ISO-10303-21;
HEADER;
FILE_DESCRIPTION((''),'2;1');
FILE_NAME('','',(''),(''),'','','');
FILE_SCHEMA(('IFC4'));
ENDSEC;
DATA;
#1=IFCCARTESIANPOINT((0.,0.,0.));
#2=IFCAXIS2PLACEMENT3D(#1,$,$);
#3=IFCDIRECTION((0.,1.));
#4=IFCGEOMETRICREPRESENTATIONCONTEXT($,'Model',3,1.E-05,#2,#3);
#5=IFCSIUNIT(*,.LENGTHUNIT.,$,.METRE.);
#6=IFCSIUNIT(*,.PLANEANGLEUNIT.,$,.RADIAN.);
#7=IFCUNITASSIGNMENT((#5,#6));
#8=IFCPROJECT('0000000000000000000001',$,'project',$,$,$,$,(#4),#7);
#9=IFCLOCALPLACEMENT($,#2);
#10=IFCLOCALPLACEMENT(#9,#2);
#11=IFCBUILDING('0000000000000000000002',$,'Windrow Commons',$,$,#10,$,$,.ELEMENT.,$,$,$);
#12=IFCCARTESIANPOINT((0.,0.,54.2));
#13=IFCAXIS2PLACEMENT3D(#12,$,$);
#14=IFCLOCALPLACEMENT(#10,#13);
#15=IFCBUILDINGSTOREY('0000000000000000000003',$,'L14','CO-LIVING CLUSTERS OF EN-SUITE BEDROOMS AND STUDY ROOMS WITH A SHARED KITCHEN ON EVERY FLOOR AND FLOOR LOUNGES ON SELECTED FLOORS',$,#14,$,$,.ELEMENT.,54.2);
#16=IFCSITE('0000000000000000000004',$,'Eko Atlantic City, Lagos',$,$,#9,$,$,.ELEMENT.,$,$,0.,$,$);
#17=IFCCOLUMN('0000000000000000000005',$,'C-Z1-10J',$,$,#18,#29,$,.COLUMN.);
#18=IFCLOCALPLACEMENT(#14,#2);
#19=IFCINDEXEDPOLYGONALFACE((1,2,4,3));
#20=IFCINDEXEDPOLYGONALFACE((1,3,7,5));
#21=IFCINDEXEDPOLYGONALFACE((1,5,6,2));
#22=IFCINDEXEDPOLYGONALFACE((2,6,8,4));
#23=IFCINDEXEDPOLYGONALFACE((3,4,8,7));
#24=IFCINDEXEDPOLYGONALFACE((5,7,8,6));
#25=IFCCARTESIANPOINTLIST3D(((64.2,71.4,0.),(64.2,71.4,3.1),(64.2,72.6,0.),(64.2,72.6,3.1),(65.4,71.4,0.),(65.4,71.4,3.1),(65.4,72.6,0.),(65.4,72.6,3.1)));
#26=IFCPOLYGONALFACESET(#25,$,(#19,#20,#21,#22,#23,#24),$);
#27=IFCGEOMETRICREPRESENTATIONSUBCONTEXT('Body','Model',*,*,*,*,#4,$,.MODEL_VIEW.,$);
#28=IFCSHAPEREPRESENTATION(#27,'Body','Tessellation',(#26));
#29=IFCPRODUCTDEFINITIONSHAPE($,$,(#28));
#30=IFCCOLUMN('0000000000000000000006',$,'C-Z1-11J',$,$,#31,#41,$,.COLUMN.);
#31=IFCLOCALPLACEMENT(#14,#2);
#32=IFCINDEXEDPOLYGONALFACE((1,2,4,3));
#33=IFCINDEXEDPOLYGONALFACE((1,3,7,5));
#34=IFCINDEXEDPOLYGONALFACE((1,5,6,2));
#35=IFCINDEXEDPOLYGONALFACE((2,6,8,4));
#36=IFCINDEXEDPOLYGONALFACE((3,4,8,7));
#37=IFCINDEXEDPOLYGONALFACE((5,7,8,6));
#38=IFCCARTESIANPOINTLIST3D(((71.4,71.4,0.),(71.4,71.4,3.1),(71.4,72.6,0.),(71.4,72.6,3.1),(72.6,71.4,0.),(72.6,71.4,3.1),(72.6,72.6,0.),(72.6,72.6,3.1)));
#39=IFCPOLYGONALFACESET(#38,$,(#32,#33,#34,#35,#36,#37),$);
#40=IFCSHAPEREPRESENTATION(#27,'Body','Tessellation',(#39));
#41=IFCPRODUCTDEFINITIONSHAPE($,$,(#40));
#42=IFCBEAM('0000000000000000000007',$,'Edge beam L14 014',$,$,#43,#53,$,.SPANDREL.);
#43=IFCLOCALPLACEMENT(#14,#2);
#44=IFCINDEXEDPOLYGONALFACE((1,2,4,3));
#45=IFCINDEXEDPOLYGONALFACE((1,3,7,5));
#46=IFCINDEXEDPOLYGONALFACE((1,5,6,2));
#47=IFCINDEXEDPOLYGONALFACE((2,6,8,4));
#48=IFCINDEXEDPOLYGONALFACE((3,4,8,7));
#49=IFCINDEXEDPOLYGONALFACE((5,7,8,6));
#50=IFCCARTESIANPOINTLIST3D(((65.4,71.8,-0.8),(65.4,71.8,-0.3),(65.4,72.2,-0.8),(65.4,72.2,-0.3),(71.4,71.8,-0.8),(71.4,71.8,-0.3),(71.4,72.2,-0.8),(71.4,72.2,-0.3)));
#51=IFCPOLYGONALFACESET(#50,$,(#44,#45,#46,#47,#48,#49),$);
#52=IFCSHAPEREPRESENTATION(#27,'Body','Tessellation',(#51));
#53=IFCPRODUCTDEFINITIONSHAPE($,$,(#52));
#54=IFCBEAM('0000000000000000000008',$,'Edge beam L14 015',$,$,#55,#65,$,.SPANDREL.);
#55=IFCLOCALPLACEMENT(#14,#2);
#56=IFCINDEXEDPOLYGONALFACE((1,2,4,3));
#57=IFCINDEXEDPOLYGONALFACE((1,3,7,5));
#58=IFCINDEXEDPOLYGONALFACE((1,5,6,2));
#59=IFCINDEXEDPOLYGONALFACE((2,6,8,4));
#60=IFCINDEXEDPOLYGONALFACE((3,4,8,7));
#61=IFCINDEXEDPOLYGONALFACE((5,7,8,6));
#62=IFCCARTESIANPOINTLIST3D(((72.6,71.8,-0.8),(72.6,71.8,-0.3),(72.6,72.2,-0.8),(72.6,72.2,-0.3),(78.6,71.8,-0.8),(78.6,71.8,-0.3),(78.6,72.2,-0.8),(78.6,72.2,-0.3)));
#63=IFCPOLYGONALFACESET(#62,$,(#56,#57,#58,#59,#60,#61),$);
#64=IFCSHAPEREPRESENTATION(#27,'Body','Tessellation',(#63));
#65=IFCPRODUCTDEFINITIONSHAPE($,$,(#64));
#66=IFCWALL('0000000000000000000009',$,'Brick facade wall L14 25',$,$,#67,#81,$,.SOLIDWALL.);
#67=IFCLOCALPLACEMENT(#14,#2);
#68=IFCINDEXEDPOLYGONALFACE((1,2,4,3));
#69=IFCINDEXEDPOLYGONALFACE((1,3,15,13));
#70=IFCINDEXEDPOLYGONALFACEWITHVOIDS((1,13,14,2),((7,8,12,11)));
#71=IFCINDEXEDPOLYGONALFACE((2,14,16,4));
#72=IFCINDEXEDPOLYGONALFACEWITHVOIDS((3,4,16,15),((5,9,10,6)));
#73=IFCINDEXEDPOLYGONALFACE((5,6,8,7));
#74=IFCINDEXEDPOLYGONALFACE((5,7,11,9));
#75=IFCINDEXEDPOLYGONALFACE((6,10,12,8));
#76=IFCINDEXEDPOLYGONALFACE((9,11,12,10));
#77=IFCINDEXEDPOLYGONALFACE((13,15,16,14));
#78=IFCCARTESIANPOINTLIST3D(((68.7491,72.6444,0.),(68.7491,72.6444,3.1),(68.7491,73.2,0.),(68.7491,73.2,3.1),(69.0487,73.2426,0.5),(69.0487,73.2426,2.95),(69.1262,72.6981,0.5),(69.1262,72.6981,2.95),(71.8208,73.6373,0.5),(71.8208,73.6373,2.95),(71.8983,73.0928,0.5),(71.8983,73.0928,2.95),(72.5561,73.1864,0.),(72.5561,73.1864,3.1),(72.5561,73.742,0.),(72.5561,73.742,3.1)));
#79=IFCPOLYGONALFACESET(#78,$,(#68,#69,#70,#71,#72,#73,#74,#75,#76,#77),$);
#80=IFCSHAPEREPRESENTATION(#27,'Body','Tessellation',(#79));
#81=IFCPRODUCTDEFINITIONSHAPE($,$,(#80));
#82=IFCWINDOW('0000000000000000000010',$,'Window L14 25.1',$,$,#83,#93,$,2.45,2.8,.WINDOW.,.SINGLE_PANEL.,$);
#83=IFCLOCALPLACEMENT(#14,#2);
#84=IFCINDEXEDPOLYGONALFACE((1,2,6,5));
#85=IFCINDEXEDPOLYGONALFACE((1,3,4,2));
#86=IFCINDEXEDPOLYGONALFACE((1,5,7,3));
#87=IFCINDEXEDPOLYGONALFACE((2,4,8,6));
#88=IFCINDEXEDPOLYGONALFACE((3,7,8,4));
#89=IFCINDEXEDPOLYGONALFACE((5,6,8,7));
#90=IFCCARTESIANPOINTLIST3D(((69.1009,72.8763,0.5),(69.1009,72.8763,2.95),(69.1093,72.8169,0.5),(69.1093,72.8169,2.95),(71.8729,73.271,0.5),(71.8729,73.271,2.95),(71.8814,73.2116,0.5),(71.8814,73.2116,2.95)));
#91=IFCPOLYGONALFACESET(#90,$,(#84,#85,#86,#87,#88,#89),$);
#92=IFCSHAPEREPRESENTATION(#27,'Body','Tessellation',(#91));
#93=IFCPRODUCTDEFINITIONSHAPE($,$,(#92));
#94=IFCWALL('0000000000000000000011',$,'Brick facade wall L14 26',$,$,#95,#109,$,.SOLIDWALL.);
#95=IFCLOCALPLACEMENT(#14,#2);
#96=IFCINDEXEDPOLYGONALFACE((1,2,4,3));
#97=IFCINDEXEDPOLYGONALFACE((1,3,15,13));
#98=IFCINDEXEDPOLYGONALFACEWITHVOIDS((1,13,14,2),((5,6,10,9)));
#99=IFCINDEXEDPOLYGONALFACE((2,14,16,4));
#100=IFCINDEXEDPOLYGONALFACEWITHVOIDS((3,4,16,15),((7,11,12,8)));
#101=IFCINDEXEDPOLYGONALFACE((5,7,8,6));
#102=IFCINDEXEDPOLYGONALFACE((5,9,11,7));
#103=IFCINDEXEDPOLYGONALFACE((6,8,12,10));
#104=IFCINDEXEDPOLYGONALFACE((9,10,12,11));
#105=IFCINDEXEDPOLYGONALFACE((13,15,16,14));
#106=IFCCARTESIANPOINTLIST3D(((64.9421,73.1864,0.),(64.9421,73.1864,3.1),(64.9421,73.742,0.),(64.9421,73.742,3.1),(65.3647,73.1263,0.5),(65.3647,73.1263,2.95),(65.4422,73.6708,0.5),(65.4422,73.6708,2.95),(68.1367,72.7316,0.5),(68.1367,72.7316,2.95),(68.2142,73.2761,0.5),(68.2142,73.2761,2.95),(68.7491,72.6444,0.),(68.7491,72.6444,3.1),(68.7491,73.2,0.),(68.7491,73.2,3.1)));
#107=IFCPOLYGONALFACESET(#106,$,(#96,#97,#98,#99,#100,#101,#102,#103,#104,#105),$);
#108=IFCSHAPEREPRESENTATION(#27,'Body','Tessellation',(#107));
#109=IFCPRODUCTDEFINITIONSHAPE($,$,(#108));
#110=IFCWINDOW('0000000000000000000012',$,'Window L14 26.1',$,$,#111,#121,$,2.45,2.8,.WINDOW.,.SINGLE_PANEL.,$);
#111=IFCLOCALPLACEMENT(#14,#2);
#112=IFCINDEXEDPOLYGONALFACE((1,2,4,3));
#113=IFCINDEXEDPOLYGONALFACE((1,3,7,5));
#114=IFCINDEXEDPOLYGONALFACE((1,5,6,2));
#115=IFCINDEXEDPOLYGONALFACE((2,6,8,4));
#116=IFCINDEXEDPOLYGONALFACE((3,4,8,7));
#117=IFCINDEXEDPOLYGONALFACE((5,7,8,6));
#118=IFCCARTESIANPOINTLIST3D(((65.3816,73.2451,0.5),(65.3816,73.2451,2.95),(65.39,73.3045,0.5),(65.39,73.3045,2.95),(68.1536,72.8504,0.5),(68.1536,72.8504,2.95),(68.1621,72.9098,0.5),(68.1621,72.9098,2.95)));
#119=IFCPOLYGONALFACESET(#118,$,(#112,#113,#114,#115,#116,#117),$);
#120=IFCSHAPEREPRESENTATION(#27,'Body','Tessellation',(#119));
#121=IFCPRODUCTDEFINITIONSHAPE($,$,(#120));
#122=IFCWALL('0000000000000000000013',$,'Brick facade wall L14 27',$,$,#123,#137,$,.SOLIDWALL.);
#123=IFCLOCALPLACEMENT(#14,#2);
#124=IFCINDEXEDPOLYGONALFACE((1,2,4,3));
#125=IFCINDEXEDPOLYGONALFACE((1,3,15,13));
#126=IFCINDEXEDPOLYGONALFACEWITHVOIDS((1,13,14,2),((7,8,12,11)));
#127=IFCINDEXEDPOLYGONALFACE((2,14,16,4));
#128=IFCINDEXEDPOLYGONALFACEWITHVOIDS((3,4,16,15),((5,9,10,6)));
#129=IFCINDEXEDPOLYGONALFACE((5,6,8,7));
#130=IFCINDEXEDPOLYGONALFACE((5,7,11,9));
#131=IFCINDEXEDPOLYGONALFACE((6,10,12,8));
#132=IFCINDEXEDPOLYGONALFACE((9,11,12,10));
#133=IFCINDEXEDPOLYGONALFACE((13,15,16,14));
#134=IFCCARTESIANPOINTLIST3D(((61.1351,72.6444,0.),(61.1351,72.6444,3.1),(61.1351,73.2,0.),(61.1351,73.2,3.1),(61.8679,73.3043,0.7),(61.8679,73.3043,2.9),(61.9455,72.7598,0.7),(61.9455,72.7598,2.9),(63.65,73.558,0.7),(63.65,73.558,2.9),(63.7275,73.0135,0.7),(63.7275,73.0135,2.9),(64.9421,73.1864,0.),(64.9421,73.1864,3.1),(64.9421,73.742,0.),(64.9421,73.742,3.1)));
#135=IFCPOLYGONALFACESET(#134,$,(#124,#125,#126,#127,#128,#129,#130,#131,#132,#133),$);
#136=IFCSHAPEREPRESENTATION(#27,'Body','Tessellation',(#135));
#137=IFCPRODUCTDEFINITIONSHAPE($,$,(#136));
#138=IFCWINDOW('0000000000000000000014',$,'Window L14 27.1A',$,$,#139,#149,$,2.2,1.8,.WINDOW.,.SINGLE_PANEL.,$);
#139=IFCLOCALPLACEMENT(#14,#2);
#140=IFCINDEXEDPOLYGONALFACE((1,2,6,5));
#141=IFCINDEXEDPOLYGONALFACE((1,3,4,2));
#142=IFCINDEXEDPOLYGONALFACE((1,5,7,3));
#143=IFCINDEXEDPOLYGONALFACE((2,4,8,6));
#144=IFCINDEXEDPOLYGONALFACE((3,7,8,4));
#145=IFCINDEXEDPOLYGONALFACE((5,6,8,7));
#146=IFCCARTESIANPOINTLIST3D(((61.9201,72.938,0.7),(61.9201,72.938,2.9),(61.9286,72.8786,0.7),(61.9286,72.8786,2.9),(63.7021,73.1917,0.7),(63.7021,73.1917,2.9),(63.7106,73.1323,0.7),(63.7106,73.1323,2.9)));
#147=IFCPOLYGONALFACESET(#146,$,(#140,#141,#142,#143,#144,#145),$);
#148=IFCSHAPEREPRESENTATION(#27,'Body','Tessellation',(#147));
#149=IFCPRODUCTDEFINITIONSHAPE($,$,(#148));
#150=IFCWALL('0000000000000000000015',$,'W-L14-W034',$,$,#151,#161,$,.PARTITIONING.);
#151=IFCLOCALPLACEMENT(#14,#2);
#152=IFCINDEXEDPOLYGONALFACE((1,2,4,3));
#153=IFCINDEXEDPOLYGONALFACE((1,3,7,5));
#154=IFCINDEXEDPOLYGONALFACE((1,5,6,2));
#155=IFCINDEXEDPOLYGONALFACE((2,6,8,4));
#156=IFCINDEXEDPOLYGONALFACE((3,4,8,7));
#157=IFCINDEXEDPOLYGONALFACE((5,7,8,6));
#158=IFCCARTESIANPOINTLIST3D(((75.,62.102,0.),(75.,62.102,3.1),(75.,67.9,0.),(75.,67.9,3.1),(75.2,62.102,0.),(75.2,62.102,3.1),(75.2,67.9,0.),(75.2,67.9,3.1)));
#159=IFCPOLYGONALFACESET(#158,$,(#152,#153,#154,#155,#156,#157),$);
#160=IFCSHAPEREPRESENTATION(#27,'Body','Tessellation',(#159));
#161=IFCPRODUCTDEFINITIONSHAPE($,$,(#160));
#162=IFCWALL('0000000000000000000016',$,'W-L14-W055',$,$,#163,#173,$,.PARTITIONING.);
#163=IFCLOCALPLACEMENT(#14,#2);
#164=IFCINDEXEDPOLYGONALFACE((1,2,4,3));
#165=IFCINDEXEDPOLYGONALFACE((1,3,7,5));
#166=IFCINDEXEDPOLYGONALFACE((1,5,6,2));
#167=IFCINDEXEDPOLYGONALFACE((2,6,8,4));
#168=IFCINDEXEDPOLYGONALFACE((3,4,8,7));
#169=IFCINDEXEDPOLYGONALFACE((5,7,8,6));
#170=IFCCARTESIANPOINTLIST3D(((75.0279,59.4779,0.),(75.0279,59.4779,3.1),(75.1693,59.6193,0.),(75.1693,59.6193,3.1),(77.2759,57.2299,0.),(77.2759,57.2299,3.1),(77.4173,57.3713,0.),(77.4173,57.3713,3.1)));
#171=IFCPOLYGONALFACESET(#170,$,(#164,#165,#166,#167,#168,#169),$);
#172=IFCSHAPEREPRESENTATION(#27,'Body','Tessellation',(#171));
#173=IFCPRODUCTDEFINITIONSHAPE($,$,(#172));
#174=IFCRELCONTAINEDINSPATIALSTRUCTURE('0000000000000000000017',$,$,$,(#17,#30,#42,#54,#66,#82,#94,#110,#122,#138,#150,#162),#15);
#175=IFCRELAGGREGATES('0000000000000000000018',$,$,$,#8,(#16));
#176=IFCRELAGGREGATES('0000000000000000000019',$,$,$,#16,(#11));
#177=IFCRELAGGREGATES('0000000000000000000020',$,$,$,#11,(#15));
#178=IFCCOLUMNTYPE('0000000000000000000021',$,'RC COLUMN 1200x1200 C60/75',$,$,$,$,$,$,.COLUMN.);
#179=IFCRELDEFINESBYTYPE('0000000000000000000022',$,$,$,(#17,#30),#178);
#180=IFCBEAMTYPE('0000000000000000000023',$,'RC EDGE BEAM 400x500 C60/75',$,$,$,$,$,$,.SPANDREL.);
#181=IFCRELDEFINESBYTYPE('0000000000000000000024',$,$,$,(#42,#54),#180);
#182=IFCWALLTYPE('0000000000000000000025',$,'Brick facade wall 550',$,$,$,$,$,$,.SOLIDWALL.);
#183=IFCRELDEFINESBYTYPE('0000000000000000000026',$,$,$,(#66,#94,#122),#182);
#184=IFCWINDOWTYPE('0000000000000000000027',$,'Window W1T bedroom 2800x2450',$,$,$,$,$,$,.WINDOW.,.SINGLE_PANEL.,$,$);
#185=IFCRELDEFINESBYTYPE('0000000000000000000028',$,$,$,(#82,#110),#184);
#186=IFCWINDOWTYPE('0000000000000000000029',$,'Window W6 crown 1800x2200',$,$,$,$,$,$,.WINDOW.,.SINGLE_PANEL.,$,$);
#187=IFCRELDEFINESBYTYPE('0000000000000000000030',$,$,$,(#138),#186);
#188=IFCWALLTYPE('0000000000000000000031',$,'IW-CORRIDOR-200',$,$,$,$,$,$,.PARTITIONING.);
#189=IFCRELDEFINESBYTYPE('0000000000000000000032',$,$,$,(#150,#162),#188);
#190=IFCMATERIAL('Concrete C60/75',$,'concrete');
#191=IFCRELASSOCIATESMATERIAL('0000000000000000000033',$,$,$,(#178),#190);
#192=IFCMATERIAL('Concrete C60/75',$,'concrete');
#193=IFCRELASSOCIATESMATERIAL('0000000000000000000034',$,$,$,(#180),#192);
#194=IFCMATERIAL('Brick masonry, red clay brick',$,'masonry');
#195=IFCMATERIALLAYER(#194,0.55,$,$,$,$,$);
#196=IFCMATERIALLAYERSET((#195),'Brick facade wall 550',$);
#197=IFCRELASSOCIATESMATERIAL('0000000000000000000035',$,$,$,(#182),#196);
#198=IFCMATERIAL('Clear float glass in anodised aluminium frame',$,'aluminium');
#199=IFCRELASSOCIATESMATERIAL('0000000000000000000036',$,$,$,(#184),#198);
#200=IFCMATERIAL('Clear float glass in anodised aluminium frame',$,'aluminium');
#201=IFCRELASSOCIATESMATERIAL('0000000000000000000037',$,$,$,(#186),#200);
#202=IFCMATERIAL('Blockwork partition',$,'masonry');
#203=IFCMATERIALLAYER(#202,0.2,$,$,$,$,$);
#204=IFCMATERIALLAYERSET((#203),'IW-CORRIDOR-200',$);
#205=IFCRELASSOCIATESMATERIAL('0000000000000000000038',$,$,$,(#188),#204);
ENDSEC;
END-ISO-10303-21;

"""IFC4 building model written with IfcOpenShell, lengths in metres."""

from ifc_helpers import new_model, si_unit, direction, frame, frame_2d, origin, origin_2d, place, context, subcontext, project, spatial, polyline, rectangle, outline, extrude, material, layer, layer_set, material_profile, profile_set, type_object, element, fill, save


model = new_model("IFC4")

# Units and contexts
model_context = context("Model", 3, precision=1e-05, world=origin(), true_north=direction((0.0, 1.0)))
body_context = subcontext(model_context, "Body", "Model", "MODEL_VIEW")
ifc_project = project(units=[si_unit("LENGTHUNIT", "METRE"), si_unit("PLANEANGLEUNIT", "RADIAN")], contexts=[model_context])

# Site, building, storey
site_placement = place(None, origin())
site = spatial("IfcSite", under=ifc_project, at=site_placement, Name="Eko Atlantic City, Lagos", CompositionType="ELEMENT", RefElevation=0.0)
building_placement = place(site_placement, origin())
building = spatial("IfcBuilding", under=site, at=building_placement, Name="Windrow Commons", CompositionType="ELEMENT")
storey_placement = place(building_placement, frame((0.0, 0.0, 54.2)))
storey = spatial("IfcBuildingStorey", under=building, at=storey_placement, Name="L14", Description="CO-LIVING CLUSTERS OF EN-SUITE BEDROOMS AND STUDY ROOMS WITH A SHARED KITCHEN ON EVERY FLOOR AND FLOOR LOUNGES ON SELECTED FLOORS", CompositionType="ELEMENT", Elevation=54.2)

# Columns
ifc_material_1 = material(Name="Concrete C60/75", Category="concrete")
ifc_material_profile_1 = material_profile(ifc_material_1, rectangle(XDim=1.2, YDim=1.2, at=origin_2d()))
ifc_profile_set_1 = profile_set([ifc_material_profile_1], Name="Concrete C60/75")
column_type = type_object("IfcColumnType", Name="RC COLUMN 1200x1200 C60/75", PredefinedType="COLUMN", material=ifc_profile_set_1)
for number, where, z_axis, x_axis, name in (
    (1, (64.8, 72.0, 0.0), (0.0, 0.0, 1.0), (1.0, 0.0, 0.0), "C-Z1-10J"),
    (2, (72.0, 72.0, 0.0), (0.0, 0.0, 1.0), (1.0, 0.0, 0.0), "C-Z1-11J"),
):
    element("IfcColumn", number, at=place(storey_placement, frame(where, z_axis=z_axis, x_axis=x_axis)), inside=storey, type_object=column_type, Name=name, PredefinedType="COLUMN", context=body_context, shape_type="SweptSolid", body=[
        extrude(rectangle(XDim=1.2, YDim=1.2, at=origin_2d()), origin(), (0.0, 0.0, 1.0), 3.1),
    ])

# Beams
ifc_material_2 = material(Name="Concrete C60/75", Category="concrete")
ifc_material_profile_2 = material_profile(ifc_material_2, rectangle(XDim=0.4, YDim=0.5, at=origin_2d()))
ifc_profile_set_2 = profile_set([ifc_material_profile_2], Name="Concrete C60/75")
beam_type = type_object("IfcBeamType", Name="RC EDGE BEAM 400x500 C60/75", PredefinedType="SPANDREL", material=ifc_profile_set_2)
for number, where, z_axis, x_axis, name in (
    (3, (65.4, 72.0, -0.55), (1.0, 0.0, 0.0), (0.0, 1.0, 0.0), "Edge beam L14 014"),
    (4, (72.6, 72.0, -0.55), (1.0, 0.0, 0.0), (0.0, 1.0, 0.0), "Edge beam L14 015"),
):
    element("IfcBeam", number, at=place(storey_placement, frame(where, z_axis=z_axis, x_axis=x_axis)), inside=storey, type_object=beam_type, Name=name, PredefinedType="SPANDREL", context=body_context, shape_type="SweptSolid", body=[
        extrude(rectangle(XDim=0.4, YDim=0.5, at=origin_2d()), origin(), (0.0, 0.0, 1.0), 6.0),
    ])

# Walls, openings, windows
ifc_material_3 = material(Name="Brick masonry, red clay brick", Category="masonry")
ifc_layer_1 = layer(ifc_material_3, 0.55)
ifc_layer_set_1 = layer_set([ifc_layer_1], Name="Brick facade wall 550")
wall_type_1 = type_object("IfcWallType", Name="Brick facade wall 550", PredefinedType="SOLIDWALL", material=ifc_layer_set_1)
wall_1_placement = place(storey_placement, frame((72.5561, 73.4642, 0.0), z_axis=(0.0, 0.0, 1.0), x_axis=(-0.990017, -0.140948, 0.0)))
wall_1 = element("IfcWall", 5, at=wall_1_placement, inside=storey, type_object=wall_type_1, Name="Brick facade wall L14 25", PredefinedType="SOLIDWALL", context=body_context, shape_type="SweptSolid", body=[
    extrude(outline(polyline([(-0.0392, -0.275), (3.8062, -0.275), (3.8845, 0.275), (0.0392, 0.275), (-0.0392, -0.275)])), origin(), (0.0, 0.0, 1.0), 3.1),
])
opening_1_placement = place(wall_1_placement, frame((0.7036, 0.0, 0.5)))
opening_1 = element("IfcOpeningElement", 6, at=opening_1_placement, cuts=wall_1, PredefinedType="OPENING", context=body_context, shape_type="SweptSolid", body=[
    extrude(rectangle(XDim=2.8, YDim=2.45, at=frame_2d((1.4, 1.225))), frame((0.0, 0.285, 0.0), z_axis=(0.0, -1.0, 0.0), x_axis=(1.0, 0.0, 0.0)), (0.0, 0.0, 1.0), 0.57),
])
ifc_material_4 = material(Name="Clear float glass in anodised aluminium frame", Category="aluminium")
window_type_1 = type_object("IfcWindowType", Name="Window W1T bedroom 2800x2450", PartitioningType="SINGLE_PANEL", PredefinedType="WINDOW", material=ifc_material_4)
window_1_placement = place(opening_1_placement, origin())
window_1 = element("IfcWindow", 7, at=window_1_placement, inside=storey, type_object=window_type_1, Name="Window L14 25.1", OverallHeight=2.45, OverallWidth=2.8, PartitioningType="SINGLE_PANEL", PredefinedType="WINDOW", context=body_context, shape_type="SweptSolid", body=[
    extrude(rectangle(XDim=2.8, YDim=2.45, at=frame_2d((1.4, 1.225))), frame((0.0, 0.155, 0.0), z_axis=(0.0, -1.0, 0.0), x_axis=(1.0, 0.0, 0.0)), (0.0, 0.0, 1.0), 0.06),
])
fill(opening_1, window_1)
wall_2_placement = place(storey_placement, frame((68.7491, 72.9222, 0.0), z_axis=(0.0, 0.0, 1.0), x_axis=(-0.990017, 0.140948, 0.0)))
wall_2 = element("IfcWall", 8, at=wall_2_placement, inside=storey, type_object=wall_type_1, Name="Brick facade wall L14 26", PredefinedType="SOLIDWALL", context=body_context, shape_type="SweptSolid", body=[
    extrude(outline(polyline([(0.0392, -0.275), (3.8845, -0.275), (3.8062, 0.275), (-0.0392, 0.275), (0.0392, -0.275)])), origin(), (0.0, 0.0, 1.0), 3.1),
])
opening_2_placement = place(wall_2_placement, frame((0.5794, 0.0, 0.5)))
opening_2 = element("IfcOpeningElement", 9, at=opening_2_placement, cuts=wall_2, PredefinedType="OPENING", context=body_context, shape_type="SweptSolid", body=[
    extrude(rectangle(XDim=2.8, YDim=2.45, at=frame_2d((1.4, 1.225))), frame((0.0, 0.285, 0.0), z_axis=(0.0, -1.0, 0.0), x_axis=(1.0, 0.0, 0.0)), (0.0, 0.0, 1.0), 0.57),
])
window_2_placement = place(opening_2_placement, origin())
window_2 = element("IfcWindow", 10, at=window_2_placement, inside=storey, type_object=window_type_1, Name="Window L14 26.1", OverallHeight=2.45, OverallWidth=2.8, PartitioningType="SINGLE_PANEL", PredefinedType="WINDOW", context=body_context, shape_type="SweptSolid", body=[
    extrude(rectangle(XDim=2.8, YDim=2.45, at=frame_2d((1.4, 1.225))), frame((0.0, 0.155, 0.0), z_axis=(0.0, -1.0, 0.0), x_axis=(1.0, 0.0, 0.0)), (0.0, 0.0, 1.0), 0.06),
])
fill(opening_2, window_2)
wall_3_placement = place(storey_placement, frame((64.9421, 73.4642, 0.0), z_axis=(0.0, 0.0, 1.0), x_axis=(-0.990017, -0.140948, 0.0)))
wall_3 = element("IfcWall", 11, at=wall_3_placement, inside=storey, type_object=wall_type_1, Name="Brick facade wall L14 27", PredefinedType="SOLIDWALL", context=body_context, shape_type="SweptSolid", body=[
    extrude(outline(polyline([(-0.0392, -0.275), (3.8062, -0.275), (3.8845, 0.275), (0.0392, 0.275), (-0.0392, -0.275)])), origin(), (0.0, 0.0, 1.0), 3.1),
])
opening_3_placement = place(wall_3_placement, frame((1.266, 0.0, 0.7)))
opening_3 = element("IfcOpeningElement", 12, at=opening_3_placement, cuts=wall_3, PredefinedType="OPENING", context=body_context, shape_type="SweptSolid", body=[
    extrude(rectangle(XDim=1.8, YDim=2.2, at=frame_2d((0.9, 1.1))), frame((0.0, 0.285, 0.0), z_axis=(0.0, -1.0, 0.0), x_axis=(1.0, 0.0, 0.0)), (0.0, 0.0, 1.0), 0.57),
])
ifc_material_5 = material(Name="Clear float glass in anodised aluminium frame", Category="aluminium")
window_type_2 = type_object("IfcWindowType", Name="Window W6 crown 1800x2200", PartitioningType="SINGLE_PANEL", PredefinedType="WINDOW", material=ifc_material_5)
window_3_placement = place(opening_3_placement, origin())
window_3 = element("IfcWindow", 13, at=window_3_placement, inside=storey, type_object=window_type_2, Name="Window L14 27.1A", OverallHeight=2.2, OverallWidth=1.8, PartitioningType="SINGLE_PANEL", PredefinedType="WINDOW", context=body_context, shape_type="SweptSolid", body=[
    extrude(rectangle(XDim=1.8, YDim=2.2, at=frame_2d((0.9, 1.1))), frame((0.0, 0.155, 0.0), z_axis=(0.0, -1.0, 0.0), x_axis=(1.0, 0.0, 0.0)), (0.0, 0.0, 1.0), 0.06),
])
fill(opening_3, window_3)

# Walls
ifc_material_6 = material(Name="Blockwork partition", Category="masonry")
ifc_layer_2 = layer(ifc_material_6, 0.2)
ifc_layer_set_2 = layer_set([ifc_layer_2], Name="IW-CORRIDOR-200")
wall_type_2 = type_object("IfcWallType", Name="IW-CORRIDOR-200", PredefinedType="PARTITIONING", material=ifc_layer_set_2)
wall_4_placement = place(storey_placement, frame((75.1, 62.102, 0.0), z_axis=(0.0, 0.0, 1.0), x_axis=(0.0, 1.0, 0.0)))
element("IfcWall", 14, at=wall_4_placement, inside=storey, type_object=wall_type_2, Name="W-L14-W034", PredefinedType="PARTITIONING", context=body_context, shape_type="SweptSolid", body=[
    extrude(rectangle(XDim=5.798, YDim=0.2, at=frame_2d((2.899, 0.0))), origin(), (0.0, 0.0, 1.0), 3.1),
])
wall_5_placement = place(storey_placement, frame((75.0986, 59.5486, 0.0), z_axis=(0.0, 0.0, 1.0), x_axis=(0.707107, -0.707107, 0.0)))
element("IfcWall", 15, at=wall_5_placement, inside=storey, type_object=wall_type_2, Name="W-L14-W055", PredefinedType="PARTITIONING", context=body_context, shape_type="SweptSolid", body=[
    extrude(rectangle(XDim=3.1792, YDim=0.2, at=frame_2d((1.5896, 0.0))), origin(), (0.0, 0.0, 1.0), 3.1),
])

save(model, "model.ifc")
